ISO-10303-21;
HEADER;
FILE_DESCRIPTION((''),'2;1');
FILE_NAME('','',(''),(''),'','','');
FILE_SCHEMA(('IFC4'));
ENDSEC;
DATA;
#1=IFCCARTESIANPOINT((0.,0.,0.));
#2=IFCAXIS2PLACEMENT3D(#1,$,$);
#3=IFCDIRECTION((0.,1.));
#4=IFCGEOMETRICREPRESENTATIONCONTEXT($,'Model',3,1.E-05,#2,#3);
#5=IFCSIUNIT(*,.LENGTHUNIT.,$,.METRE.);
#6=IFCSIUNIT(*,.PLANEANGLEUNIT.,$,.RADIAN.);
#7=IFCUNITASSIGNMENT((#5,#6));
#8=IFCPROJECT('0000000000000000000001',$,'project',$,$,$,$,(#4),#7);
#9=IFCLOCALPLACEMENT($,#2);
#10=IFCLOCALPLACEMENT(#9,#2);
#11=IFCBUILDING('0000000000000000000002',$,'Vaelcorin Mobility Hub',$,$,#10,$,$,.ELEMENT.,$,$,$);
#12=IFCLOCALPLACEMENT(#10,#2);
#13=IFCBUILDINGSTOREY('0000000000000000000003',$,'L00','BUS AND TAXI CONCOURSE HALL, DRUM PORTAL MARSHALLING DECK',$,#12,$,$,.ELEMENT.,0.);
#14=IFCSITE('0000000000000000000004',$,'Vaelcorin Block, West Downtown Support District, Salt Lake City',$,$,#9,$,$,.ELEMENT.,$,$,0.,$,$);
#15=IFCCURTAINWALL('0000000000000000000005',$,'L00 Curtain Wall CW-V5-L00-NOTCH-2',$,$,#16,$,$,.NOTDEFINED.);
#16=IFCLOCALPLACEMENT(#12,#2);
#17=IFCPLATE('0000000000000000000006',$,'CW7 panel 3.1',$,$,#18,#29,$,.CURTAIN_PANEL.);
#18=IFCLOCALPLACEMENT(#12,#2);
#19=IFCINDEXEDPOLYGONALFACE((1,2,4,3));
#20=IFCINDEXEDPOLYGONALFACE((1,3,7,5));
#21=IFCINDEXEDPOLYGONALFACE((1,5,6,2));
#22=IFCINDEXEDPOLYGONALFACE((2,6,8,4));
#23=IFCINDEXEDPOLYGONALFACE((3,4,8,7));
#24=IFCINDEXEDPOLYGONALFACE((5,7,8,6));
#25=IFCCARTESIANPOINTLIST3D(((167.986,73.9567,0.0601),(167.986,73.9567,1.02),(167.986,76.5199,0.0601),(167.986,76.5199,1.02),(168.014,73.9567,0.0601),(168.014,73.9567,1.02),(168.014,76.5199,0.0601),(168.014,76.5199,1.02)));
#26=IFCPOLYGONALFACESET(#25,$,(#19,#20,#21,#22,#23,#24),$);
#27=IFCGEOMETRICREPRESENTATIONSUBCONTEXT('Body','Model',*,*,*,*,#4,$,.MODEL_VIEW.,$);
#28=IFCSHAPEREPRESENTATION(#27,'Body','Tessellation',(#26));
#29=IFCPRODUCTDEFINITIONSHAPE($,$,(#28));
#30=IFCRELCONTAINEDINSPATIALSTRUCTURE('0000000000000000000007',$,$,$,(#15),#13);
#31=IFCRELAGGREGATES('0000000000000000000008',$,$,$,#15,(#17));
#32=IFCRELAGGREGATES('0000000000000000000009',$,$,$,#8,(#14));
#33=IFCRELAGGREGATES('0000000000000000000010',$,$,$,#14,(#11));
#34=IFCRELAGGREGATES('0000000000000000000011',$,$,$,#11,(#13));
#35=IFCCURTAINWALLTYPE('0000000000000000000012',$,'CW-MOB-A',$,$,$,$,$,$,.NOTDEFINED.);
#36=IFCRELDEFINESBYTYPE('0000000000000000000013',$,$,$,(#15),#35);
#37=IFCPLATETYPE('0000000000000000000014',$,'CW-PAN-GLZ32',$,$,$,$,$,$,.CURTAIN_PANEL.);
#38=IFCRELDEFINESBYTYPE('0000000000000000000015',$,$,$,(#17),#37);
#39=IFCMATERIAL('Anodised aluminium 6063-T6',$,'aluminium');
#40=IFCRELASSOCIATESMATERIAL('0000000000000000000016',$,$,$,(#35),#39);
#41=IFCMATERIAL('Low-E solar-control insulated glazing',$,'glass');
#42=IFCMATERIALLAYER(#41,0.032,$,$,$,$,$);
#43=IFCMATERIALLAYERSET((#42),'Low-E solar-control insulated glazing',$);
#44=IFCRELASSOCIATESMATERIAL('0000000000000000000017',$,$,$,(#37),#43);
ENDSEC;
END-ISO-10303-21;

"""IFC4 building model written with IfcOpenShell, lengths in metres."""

from ifc_helpers import new_model, si_unit, direction, frame, origin, origin_2d, place, context, subcontext, project, spatial, rectangle, extrude, material, layer, layer_set, type_object, element, aggregate, save


model = new_model("IFC4")

# Units and contexts
model_context = context("Model", 3, precision=1e-05, world=origin(), true_north=direction((0.0, 1.0)))
body_context = subcontext(model_context, "Body", "Model", "MODEL_VIEW")
ifc_project = project(units=[si_unit("LENGTHUNIT", "METRE"), si_unit("PLANEANGLEUNIT", "RADIAN")], contexts=[model_context])

# Site, building, storey
site_placement = place(None, origin())
site = spatial("IfcSite", under=ifc_project, at=site_placement, Name="Vaelcorin Block, West Downtown Support District, Salt Lake City", CompositionType="ELEMENT", RefElevation=0.0)
building_placement = place(site_placement, origin())
building = spatial("IfcBuilding", under=site, at=building_placement, Name="Vaelcorin Mobility Hub", CompositionType="ELEMENT")
storey_placement = place(building_placement, origin())
storey = spatial("IfcBuildingStorey", under=building, at=storey_placement, Name="L00", Description="BUS AND TAXI CONCOURSE HALL, DRUM PORTAL MARSHALLING DECK", CompositionType="ELEMENT", Elevation=0.0)

# Shared definitions
ifc_material_1 = material(Name="Anodised aluminium 6063-T6", Category="aluminium")
curtain_wall_type = type_object("IfcCurtainWallType", Name="CW-MOB-A", PredefinedType="NOTDEFINED", material=ifc_material_1)

# Curtain wall, plate
curtain_wall_1_placement = place(storey_placement, origin())
curtain_wall_1 = element("IfcCurtainWall", 1, at=curtain_wall_1_placement, inside=storey, type_object=curtain_wall_type, Name="L00 Curtain Wall CW-V5-L00-NOTCH-2", PredefinedType="NOTDEFINED")
ifc_material_2 = material(Name="Low-E solar-control insulated glazing", Category="glass")
ifc_layer = layer(ifc_material_2, 0.032)
ifc_layer_set = layer_set([ifc_layer], Name="Low-E solar-control insulated glazing")
plate_type = type_object("IfcPlateType", Name="CW-PAN-GLZ32", PredefinedType="CURTAIN_PANEL", material=ifc_layer_set)
plate_1_placement = place(storey_placement, frame((168.0, 75.2383, 0.0601), z_axis=(0.0, 0.0, 1.0), x_axis=(0.0, 1.0, 0.0)))
plate_1 = element("IfcPlate", 2, at=plate_1_placement, type_object=plate_type, Name="CW7 panel 3.1", PredefinedType="CURTAIN_PANEL", context=body_context, shape_type="SweptSolid", body=[
    extrude(rectangle(XDim=2.5632, YDim=0.0281, at=origin_2d()), origin(), (0.0, 0.0, 1.0), 0.96),
])
aggregate(curtain_wall_1, [plate_1])

save(model, "model.ifc")
